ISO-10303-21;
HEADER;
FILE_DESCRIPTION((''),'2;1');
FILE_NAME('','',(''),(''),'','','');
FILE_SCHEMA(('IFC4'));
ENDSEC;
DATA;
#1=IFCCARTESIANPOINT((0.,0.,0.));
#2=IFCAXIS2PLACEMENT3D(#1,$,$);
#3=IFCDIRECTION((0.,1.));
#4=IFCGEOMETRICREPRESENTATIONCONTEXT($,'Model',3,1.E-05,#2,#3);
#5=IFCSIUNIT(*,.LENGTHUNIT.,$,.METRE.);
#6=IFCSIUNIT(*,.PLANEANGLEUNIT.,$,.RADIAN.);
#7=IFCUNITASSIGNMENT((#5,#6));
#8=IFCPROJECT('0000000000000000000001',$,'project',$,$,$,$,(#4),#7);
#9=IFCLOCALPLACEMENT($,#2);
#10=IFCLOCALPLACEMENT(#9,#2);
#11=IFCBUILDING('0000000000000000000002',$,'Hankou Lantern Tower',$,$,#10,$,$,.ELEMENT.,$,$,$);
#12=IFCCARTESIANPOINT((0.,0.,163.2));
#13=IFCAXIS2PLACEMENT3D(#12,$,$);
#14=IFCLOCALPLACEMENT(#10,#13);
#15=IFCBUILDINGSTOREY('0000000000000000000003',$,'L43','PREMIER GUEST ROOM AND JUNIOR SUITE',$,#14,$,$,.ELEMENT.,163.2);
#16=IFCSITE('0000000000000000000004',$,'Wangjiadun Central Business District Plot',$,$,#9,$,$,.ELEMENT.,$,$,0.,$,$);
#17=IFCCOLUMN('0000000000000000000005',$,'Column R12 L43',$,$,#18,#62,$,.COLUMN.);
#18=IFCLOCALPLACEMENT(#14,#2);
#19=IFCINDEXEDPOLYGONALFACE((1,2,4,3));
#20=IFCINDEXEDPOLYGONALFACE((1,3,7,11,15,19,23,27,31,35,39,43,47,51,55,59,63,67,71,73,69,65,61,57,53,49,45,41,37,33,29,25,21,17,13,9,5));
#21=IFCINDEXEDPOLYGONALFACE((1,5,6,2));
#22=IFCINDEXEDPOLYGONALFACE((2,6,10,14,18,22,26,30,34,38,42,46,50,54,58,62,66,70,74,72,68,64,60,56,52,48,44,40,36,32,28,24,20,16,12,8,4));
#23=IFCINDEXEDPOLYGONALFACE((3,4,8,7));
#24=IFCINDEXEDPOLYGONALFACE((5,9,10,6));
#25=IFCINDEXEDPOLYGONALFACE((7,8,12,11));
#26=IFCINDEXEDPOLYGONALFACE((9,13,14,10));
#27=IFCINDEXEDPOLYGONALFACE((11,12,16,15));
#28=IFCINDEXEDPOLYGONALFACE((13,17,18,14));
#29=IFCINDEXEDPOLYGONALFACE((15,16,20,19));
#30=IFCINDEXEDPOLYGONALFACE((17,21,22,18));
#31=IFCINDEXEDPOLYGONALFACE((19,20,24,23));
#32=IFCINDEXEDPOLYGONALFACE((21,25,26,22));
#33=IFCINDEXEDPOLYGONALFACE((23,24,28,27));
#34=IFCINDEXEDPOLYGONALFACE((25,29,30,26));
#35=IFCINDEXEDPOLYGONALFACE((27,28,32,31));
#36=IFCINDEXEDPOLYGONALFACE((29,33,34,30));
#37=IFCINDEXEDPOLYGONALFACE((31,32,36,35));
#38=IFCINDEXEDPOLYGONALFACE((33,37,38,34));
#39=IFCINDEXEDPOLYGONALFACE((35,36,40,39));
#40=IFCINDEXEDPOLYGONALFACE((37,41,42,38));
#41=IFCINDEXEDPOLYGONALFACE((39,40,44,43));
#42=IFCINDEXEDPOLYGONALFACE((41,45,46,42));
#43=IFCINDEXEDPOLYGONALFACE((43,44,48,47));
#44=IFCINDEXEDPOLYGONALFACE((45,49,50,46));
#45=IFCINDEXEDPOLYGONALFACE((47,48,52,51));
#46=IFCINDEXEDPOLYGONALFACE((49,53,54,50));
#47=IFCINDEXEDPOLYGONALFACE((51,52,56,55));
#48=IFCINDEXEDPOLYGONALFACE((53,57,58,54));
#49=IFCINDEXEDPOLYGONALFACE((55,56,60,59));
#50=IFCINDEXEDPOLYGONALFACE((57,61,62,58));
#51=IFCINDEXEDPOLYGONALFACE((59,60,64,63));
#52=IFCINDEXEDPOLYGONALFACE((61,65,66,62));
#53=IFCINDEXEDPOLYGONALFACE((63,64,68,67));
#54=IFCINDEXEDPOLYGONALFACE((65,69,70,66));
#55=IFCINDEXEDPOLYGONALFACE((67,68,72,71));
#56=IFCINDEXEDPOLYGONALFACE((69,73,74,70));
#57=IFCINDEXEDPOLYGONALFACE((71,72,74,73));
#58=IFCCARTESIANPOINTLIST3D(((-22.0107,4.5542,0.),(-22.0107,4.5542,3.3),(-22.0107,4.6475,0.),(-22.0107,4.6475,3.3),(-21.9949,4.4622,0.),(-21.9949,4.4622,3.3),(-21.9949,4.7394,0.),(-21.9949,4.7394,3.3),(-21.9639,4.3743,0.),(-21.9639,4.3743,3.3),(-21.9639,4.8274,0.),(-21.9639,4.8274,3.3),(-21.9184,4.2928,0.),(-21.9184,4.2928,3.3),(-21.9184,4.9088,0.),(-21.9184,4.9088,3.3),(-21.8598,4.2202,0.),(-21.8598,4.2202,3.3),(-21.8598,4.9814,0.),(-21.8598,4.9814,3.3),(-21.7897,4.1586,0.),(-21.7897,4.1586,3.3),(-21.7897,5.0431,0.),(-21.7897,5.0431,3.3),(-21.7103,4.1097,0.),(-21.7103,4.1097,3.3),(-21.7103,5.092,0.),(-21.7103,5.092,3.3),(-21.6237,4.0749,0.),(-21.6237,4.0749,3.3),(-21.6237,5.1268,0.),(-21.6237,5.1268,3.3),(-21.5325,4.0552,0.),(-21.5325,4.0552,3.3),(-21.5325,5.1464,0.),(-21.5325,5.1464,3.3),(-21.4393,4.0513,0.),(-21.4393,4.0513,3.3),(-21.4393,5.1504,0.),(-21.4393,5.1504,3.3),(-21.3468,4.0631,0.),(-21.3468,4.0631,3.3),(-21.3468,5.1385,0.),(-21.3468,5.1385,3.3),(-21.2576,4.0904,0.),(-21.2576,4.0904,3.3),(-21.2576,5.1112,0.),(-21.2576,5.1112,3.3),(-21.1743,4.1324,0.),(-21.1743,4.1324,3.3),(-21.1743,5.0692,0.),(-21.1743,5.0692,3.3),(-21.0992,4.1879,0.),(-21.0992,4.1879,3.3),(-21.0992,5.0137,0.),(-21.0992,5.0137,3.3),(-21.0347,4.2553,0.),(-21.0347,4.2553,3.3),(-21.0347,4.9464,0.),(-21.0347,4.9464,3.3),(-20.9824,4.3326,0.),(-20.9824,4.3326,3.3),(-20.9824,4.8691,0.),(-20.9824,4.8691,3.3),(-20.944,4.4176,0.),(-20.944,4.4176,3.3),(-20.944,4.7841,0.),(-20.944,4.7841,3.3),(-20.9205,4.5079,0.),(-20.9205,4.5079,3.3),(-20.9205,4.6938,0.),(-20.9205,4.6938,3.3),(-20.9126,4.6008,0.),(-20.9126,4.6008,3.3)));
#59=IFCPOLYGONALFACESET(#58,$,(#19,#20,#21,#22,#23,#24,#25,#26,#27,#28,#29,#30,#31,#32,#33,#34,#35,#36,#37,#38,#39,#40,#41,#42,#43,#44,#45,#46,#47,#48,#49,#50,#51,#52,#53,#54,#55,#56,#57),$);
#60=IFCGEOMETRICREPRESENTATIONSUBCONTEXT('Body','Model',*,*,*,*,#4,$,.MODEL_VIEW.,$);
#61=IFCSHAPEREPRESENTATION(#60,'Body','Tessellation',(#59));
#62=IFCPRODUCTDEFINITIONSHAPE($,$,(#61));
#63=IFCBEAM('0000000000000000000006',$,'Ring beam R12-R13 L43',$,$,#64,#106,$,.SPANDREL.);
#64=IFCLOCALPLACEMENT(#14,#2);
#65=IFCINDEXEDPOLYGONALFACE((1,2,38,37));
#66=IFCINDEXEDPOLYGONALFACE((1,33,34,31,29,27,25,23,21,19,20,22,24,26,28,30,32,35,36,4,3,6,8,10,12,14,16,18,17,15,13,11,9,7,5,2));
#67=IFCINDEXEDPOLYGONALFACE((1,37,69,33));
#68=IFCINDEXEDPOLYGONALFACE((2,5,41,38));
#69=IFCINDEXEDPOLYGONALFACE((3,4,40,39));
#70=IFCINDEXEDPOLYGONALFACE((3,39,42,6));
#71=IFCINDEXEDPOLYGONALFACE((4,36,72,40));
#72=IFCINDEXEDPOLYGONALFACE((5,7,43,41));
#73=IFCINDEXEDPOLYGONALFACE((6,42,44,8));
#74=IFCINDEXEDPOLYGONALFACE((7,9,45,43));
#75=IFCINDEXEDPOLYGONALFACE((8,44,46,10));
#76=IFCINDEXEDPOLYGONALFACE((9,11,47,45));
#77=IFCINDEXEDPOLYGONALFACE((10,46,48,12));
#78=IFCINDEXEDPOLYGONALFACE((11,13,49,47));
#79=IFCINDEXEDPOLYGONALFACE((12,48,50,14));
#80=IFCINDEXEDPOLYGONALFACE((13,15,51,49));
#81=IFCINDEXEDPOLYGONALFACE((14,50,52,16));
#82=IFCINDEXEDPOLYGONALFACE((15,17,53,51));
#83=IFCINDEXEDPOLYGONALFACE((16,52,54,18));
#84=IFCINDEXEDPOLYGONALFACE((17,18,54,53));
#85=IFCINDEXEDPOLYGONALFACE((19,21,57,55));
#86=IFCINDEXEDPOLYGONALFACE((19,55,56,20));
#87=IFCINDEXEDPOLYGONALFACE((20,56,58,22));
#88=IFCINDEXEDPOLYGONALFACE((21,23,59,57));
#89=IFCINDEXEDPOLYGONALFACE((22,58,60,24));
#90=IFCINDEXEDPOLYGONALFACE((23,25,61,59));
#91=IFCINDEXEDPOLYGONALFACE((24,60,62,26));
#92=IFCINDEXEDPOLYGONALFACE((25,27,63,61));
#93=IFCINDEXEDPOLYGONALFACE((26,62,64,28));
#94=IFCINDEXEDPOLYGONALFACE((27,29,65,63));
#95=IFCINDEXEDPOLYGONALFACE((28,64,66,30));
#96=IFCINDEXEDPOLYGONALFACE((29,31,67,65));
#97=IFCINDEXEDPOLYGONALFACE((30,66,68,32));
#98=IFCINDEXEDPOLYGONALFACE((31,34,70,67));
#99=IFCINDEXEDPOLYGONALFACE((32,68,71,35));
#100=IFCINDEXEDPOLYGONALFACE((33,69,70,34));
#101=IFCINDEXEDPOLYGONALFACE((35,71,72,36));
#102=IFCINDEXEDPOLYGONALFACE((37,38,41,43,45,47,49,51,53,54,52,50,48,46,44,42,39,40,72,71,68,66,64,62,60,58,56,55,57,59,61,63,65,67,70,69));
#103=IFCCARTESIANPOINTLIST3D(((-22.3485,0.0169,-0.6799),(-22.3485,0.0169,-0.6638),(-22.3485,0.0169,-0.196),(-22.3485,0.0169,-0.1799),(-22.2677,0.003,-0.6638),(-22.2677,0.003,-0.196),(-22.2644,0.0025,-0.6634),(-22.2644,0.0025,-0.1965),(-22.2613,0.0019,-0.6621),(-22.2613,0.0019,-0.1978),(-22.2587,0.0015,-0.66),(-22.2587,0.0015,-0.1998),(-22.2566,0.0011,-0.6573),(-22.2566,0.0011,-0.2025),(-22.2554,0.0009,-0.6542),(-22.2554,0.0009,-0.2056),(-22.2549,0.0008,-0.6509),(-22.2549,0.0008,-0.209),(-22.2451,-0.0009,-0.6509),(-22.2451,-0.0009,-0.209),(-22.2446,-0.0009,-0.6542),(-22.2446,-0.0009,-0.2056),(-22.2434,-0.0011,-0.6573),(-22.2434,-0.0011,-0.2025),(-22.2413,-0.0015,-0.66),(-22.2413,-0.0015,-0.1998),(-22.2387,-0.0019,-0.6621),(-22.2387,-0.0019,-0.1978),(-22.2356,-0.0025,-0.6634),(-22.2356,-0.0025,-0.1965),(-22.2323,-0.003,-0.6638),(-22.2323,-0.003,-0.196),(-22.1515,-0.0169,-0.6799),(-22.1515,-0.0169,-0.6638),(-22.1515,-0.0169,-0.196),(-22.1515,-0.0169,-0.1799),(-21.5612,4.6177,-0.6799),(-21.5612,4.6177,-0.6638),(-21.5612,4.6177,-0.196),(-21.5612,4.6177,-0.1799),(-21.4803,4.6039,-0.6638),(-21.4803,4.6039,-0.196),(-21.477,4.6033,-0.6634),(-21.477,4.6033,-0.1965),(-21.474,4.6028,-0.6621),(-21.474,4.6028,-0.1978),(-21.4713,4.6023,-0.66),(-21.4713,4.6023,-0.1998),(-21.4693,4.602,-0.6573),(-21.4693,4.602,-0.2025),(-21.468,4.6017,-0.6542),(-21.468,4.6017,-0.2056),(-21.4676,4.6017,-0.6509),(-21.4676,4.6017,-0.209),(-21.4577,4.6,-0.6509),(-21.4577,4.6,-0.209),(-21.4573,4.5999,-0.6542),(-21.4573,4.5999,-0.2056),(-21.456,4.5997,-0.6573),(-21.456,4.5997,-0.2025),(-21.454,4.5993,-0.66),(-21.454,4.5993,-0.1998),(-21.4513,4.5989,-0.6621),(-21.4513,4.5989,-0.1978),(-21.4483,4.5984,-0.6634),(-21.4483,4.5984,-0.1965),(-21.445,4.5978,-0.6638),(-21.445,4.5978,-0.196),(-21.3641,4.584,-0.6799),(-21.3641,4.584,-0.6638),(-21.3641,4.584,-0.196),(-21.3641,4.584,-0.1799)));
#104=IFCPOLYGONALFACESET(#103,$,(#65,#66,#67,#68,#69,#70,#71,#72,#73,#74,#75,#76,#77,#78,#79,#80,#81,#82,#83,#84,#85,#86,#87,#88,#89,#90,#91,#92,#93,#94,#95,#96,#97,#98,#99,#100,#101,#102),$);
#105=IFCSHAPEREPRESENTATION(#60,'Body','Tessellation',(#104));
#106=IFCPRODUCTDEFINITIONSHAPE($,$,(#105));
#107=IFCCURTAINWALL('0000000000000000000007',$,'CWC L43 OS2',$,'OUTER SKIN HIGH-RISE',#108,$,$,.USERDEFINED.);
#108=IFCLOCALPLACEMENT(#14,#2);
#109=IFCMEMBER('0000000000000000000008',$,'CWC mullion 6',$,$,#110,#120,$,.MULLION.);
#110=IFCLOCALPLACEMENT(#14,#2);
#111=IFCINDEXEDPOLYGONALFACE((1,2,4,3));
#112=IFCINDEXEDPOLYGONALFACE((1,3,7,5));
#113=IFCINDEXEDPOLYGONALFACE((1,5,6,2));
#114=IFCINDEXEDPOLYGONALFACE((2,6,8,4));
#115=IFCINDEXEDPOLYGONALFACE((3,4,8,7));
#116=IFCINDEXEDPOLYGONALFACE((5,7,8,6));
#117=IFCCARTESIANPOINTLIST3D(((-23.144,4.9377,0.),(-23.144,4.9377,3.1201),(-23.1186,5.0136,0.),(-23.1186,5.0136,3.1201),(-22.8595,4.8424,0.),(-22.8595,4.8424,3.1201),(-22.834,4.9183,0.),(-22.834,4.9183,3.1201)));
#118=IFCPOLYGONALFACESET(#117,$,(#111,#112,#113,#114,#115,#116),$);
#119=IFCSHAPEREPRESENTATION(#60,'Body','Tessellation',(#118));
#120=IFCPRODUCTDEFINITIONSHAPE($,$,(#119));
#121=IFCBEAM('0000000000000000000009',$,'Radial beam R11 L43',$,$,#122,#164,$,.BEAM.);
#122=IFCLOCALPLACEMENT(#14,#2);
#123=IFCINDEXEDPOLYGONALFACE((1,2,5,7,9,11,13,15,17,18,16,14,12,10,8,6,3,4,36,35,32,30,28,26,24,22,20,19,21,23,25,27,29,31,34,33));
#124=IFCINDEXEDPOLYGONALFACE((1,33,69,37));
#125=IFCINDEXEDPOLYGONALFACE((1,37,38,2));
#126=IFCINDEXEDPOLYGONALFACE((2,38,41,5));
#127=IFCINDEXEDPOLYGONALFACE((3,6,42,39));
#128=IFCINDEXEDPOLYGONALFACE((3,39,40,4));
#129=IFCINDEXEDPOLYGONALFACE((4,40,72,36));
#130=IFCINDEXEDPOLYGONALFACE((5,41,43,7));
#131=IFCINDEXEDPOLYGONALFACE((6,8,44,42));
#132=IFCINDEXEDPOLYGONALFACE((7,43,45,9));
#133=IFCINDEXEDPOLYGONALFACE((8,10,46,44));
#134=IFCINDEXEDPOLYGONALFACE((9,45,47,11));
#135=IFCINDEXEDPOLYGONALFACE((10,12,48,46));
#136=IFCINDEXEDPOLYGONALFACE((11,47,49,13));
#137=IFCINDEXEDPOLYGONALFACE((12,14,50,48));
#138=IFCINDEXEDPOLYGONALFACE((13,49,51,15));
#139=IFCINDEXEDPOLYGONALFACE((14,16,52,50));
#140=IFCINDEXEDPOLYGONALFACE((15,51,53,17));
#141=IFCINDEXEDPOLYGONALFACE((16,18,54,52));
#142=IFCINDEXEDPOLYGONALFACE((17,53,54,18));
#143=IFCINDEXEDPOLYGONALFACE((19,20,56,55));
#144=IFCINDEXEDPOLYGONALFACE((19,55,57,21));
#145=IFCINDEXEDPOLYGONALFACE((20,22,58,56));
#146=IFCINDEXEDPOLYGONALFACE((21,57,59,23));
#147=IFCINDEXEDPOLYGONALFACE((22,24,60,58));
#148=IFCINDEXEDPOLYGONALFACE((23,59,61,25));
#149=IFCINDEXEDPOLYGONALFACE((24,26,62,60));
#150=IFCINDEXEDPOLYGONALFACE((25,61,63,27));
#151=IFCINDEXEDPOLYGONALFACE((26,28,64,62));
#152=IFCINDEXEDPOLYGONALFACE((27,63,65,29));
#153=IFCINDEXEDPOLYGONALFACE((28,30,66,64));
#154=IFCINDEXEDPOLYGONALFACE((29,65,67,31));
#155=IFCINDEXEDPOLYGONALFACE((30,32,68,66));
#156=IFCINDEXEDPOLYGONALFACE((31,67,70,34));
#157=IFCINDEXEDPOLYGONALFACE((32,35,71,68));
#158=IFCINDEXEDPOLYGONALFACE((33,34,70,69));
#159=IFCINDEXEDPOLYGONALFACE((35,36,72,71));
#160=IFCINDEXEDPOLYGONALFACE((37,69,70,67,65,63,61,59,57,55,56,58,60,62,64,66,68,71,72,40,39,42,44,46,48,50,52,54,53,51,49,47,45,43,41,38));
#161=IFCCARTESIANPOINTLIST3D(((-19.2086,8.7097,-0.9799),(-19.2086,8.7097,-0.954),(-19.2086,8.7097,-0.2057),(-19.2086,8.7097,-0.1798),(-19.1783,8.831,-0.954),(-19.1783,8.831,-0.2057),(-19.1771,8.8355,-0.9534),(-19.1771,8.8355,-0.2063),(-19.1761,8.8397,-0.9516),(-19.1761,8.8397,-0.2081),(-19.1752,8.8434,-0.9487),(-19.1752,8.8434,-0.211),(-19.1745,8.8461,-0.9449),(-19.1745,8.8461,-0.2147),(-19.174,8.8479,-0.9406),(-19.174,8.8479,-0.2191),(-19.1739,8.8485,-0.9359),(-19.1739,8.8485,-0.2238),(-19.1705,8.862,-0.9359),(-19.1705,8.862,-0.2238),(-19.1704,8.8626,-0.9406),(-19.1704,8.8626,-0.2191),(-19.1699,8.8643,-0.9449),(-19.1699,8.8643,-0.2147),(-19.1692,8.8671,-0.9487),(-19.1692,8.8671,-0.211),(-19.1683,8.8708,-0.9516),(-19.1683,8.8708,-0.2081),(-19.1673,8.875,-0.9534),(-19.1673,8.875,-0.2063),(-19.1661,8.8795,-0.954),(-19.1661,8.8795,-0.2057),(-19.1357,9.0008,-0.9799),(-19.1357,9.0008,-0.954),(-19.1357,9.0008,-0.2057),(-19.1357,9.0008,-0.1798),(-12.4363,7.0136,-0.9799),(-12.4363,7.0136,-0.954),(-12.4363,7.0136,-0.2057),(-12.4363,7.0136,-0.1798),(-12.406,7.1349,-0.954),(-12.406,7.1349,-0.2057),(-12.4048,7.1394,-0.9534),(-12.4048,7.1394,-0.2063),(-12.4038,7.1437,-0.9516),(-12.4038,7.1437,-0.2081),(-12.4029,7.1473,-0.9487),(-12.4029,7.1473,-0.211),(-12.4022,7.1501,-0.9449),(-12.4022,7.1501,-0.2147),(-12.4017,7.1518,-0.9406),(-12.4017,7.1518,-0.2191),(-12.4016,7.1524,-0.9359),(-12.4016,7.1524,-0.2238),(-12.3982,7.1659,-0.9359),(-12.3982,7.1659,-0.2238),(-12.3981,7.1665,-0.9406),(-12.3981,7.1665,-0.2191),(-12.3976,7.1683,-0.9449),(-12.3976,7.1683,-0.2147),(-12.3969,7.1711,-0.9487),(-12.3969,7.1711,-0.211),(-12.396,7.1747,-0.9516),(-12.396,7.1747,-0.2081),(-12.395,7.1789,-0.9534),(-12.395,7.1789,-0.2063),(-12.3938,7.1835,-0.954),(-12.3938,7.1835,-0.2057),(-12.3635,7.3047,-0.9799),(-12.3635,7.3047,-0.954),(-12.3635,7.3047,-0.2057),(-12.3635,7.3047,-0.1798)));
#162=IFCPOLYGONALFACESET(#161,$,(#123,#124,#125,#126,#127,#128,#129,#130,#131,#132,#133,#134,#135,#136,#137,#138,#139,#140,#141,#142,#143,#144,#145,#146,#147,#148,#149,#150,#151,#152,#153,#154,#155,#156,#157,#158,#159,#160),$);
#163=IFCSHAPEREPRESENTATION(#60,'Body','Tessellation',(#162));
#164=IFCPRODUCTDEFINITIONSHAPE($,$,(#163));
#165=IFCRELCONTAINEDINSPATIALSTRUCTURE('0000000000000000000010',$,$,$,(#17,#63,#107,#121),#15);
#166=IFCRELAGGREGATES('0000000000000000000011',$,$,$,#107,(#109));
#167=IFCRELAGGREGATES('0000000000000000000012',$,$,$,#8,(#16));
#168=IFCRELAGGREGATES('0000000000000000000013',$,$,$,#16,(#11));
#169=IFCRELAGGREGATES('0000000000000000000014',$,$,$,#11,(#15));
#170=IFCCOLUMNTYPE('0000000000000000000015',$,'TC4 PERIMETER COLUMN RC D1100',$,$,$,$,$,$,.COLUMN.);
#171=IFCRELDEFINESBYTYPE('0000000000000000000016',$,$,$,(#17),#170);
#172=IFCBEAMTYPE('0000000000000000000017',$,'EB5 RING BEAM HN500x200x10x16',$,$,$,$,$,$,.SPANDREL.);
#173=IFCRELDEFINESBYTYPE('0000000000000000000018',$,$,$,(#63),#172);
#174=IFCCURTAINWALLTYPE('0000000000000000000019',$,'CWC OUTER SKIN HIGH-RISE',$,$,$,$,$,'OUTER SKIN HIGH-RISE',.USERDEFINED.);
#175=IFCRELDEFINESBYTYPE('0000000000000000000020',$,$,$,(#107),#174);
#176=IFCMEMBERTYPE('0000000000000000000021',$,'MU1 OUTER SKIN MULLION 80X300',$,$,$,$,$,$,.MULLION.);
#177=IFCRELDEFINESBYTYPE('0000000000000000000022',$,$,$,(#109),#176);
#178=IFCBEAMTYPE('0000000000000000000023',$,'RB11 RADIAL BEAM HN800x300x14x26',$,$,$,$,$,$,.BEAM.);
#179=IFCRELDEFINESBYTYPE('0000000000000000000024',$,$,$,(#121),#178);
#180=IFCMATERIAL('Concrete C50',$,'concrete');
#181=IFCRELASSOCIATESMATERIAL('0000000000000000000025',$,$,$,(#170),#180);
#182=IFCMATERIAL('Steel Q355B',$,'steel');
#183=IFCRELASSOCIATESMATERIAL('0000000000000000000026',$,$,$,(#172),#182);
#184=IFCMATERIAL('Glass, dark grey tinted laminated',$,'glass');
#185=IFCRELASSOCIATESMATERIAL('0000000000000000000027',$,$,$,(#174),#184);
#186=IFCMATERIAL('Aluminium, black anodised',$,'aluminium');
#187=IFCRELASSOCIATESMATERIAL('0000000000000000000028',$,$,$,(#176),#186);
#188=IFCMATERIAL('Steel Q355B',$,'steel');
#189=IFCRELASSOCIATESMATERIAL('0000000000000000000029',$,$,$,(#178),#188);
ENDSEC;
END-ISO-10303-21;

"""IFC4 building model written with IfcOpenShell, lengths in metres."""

from ifc_helpers import new_model, si_unit, direction, frame, origin, origin_2d, place, context, subcontext, project, spatial, rectangle, circle, i_section, extrude, material, material_profile, profile_set, type_object, element, aggregate, save


model = new_model("IFC4")

# Units and contexts
model_context = context("Model", 3, precision=1e-05, world=origin(), true_north=direction((0.0, 1.0)))
body_context = subcontext(model_context, "Body", "Model", "MODEL_VIEW")
ifc_project = project(units=[si_unit("LENGTHUNIT", "METRE"), si_unit("PLANEANGLEUNIT", "RADIAN")], contexts=[model_context])

# Site, building, storey
site_placement = place(None, origin())
site = spatial("IfcSite", under=ifc_project, at=site_placement, Name="Wangjiadun Central Business District Plot", CompositionType="ELEMENT", RefElevation=0.0)
building_placement = place(site_placement, origin())
building = spatial("IfcBuilding", under=site, at=building_placement, Name="Hankou Lantern Tower", CompositionType="ELEMENT")
storey_placement = place(building_placement, frame((0.0, 0.0, 163.2)))
storey = spatial("IfcBuildingStorey", under=building, at=storey_placement, Name="L43", Description="PREMIER GUEST ROOM AND JUNIOR SUITE", CompositionType="ELEMENT", Elevation=163.2)

# Column
ifc_material_1 = material(Name="Concrete C50", Category="concrete")
ifc_material_profile_1 = material_profile(ifc_material_1, circle(Radius=0.55, at=origin_2d()), Name="RC D1100")
ifc_profile_set_1 = profile_set([ifc_material_profile_1], Name="Concrete C50")
column_type = type_object("IfcColumnType", Name="TC4 PERIMETER COLUMN RC D1100", PredefinedType="COLUMN", material=ifc_profile_set_1)
column_placement = place(storey_placement, frame((-21.4626, 4.6008, 0.0), z_axis=(0.0, 0.0, 1.0), x_axis=(1.0, 0.0, 0.0)))
element("IfcColumn", 1, at=column_placement, inside=storey, type_object=column_type, Name="Column R12 L43", PredefinedType="COLUMN", context=body_context, shape_type="SweptSolid", body=[
    extrude(circle(Radius=0.55, at=origin_2d()), origin(), (0.0, 0.0, 1.0), 3.3),
])

# Beam
ifc_material_2 = material(Name="Steel Q355B", Category="steel")
ifc_material_profile_2 = material_profile(ifc_material_2, i_section(OverallWidth=0.2, OverallDepth=0.5, WebThickness=0.01, FlangeThickness=0.0161, FilletRadius=0.0129, at=origin_2d()), Name="HN500x200x10x16")
ifc_profile_set_2 = profile_set([ifc_material_profile_2], Name="Steel Q355B")
beam_type_1 = type_object("IfcBeamType", Name="EB5 RING BEAM HN500x200x10x16", PredefinedType="SPANDREL", material=ifc_profile_set_2)
beam_1_placement = place(storey_placement, frame((-21.4626, 4.6008, -0.4299), z_axis=(-0.168681, -0.985671, 0.0), x_axis=(0.985671, -0.168681, 0.0)))
element("IfcBeam", 2, at=beam_1_placement, inside=storey, type_object=beam_type_1, Name="Ring beam R12-R13 L43", PredefinedType="SPANDREL", context=body_context, shape_type="SweptSolid", body=[
    extrude(i_section(OverallWidth=0.2, OverallDepth=0.5, WebThickness=0.01, FlangeThickness=0.0161, FilletRadius=0.0129, at=origin_2d()), origin(), (0.0, 0.0, 1.0), 4.6677),
])

# Curtain wall, member
ifc_material_3 = material(Name="Glass, dark grey tinted laminated", Category="glass")
curtain_wall_type = type_object("IfcCurtainWallType", Name="CWC OUTER SKIN HIGH-RISE", ElementType="OUTER SKIN HIGH-RISE", PredefinedType="USERDEFINED", material=ifc_material_3)
curtain_wall_placement = place(storey_placement, origin())
curtain_wall = element("IfcCurtainWall", 3, at=curtain_wall_placement, inside=storey, type_object=curtain_wall_type, Name="CWC L43 OS2", ObjectType="OUTER SKIN HIGH-RISE", PredefinedType="USERDEFINED")
ifc_material_4 = material(Name="Aluminium, black anodised", Category="aluminium")
ifc_material_profile_3 = material_profile(ifc_material_4, rectangle(XDim=0.0801, YDim=0.3, at=origin_2d()), Name="MU1 80X300")
ifc_profile_set_3 = profile_set([ifc_material_profile_3], Name="Aluminium, black anodised")
member_type_1 = type_object("IfcMemberType", Name="MU1 OUTER SKIN MULLION 80X300", PredefinedType="MULLION", material=ifc_profile_set_3)
member_1_placement = place(storey_placement, frame((-22.989, 4.928, 0.0), z_axis=(0.0, 0.0, 1.0), x_axis=(-0.317596, -0.948226, 0.0)))
member_1 = element("IfcMember", 4, at=member_1_placement, type_object=member_type_1, Name="CWC mullion 6", PredefinedType="MULLION", context=body_context, shape_type="SweptSolid", body=[
    extrude(rectangle(XDim=0.0801, YDim=0.3, at=origin_2d()), origin(), (0.0, 0.0, 1.0), 3.1201),
])

# Beam
ifc_material_5 = material(Name="Steel Q355B", Category="steel")
ifc_material_profile_4 = material_profile(ifc_material_5, i_section(OverallWidth=0.3, OverallDepth=0.8, WebThickness=0.0139, FlangeThickness=0.0259, FilletRadius=0.0181, at=origin_2d()), Name="HN800x300x14x26")
ifc_profile_set_4 = profile_set([ifc_material_profile_4], Name="Steel Q355B")
beam_type_2 = type_object("IfcBeamType", Name="RB11 RADIAL BEAM HN800x300x14x26", PredefinedType="BEAM", material=ifc_profile_set_4)
beam_2_placement = place(storey_placement, frame((-12.3999, 7.1592, -0.5798), z_axis=(-0.970042, 0.242939, 0.0), x_axis=(-0.242939, -0.970042, 0.0)))
element("IfcBeam", 5, at=beam_2_placement, inside=storey, type_object=beam_type_2, Name="Radial beam R11 L43", PredefinedType="BEAM", context=body_context, shape_type="SweptSolid", body=[
    extrude(i_section(OverallWidth=0.3, OverallDepth=0.8, WebThickness=0.0139, FlangeThickness=0.0259, FilletRadius=0.0181, at=origin_2d()), origin(), (0.0, 0.0, 1.0), 6.9814),
])

aggregate(curtain_wall, [member_1])

save(model, "model.ifc")
